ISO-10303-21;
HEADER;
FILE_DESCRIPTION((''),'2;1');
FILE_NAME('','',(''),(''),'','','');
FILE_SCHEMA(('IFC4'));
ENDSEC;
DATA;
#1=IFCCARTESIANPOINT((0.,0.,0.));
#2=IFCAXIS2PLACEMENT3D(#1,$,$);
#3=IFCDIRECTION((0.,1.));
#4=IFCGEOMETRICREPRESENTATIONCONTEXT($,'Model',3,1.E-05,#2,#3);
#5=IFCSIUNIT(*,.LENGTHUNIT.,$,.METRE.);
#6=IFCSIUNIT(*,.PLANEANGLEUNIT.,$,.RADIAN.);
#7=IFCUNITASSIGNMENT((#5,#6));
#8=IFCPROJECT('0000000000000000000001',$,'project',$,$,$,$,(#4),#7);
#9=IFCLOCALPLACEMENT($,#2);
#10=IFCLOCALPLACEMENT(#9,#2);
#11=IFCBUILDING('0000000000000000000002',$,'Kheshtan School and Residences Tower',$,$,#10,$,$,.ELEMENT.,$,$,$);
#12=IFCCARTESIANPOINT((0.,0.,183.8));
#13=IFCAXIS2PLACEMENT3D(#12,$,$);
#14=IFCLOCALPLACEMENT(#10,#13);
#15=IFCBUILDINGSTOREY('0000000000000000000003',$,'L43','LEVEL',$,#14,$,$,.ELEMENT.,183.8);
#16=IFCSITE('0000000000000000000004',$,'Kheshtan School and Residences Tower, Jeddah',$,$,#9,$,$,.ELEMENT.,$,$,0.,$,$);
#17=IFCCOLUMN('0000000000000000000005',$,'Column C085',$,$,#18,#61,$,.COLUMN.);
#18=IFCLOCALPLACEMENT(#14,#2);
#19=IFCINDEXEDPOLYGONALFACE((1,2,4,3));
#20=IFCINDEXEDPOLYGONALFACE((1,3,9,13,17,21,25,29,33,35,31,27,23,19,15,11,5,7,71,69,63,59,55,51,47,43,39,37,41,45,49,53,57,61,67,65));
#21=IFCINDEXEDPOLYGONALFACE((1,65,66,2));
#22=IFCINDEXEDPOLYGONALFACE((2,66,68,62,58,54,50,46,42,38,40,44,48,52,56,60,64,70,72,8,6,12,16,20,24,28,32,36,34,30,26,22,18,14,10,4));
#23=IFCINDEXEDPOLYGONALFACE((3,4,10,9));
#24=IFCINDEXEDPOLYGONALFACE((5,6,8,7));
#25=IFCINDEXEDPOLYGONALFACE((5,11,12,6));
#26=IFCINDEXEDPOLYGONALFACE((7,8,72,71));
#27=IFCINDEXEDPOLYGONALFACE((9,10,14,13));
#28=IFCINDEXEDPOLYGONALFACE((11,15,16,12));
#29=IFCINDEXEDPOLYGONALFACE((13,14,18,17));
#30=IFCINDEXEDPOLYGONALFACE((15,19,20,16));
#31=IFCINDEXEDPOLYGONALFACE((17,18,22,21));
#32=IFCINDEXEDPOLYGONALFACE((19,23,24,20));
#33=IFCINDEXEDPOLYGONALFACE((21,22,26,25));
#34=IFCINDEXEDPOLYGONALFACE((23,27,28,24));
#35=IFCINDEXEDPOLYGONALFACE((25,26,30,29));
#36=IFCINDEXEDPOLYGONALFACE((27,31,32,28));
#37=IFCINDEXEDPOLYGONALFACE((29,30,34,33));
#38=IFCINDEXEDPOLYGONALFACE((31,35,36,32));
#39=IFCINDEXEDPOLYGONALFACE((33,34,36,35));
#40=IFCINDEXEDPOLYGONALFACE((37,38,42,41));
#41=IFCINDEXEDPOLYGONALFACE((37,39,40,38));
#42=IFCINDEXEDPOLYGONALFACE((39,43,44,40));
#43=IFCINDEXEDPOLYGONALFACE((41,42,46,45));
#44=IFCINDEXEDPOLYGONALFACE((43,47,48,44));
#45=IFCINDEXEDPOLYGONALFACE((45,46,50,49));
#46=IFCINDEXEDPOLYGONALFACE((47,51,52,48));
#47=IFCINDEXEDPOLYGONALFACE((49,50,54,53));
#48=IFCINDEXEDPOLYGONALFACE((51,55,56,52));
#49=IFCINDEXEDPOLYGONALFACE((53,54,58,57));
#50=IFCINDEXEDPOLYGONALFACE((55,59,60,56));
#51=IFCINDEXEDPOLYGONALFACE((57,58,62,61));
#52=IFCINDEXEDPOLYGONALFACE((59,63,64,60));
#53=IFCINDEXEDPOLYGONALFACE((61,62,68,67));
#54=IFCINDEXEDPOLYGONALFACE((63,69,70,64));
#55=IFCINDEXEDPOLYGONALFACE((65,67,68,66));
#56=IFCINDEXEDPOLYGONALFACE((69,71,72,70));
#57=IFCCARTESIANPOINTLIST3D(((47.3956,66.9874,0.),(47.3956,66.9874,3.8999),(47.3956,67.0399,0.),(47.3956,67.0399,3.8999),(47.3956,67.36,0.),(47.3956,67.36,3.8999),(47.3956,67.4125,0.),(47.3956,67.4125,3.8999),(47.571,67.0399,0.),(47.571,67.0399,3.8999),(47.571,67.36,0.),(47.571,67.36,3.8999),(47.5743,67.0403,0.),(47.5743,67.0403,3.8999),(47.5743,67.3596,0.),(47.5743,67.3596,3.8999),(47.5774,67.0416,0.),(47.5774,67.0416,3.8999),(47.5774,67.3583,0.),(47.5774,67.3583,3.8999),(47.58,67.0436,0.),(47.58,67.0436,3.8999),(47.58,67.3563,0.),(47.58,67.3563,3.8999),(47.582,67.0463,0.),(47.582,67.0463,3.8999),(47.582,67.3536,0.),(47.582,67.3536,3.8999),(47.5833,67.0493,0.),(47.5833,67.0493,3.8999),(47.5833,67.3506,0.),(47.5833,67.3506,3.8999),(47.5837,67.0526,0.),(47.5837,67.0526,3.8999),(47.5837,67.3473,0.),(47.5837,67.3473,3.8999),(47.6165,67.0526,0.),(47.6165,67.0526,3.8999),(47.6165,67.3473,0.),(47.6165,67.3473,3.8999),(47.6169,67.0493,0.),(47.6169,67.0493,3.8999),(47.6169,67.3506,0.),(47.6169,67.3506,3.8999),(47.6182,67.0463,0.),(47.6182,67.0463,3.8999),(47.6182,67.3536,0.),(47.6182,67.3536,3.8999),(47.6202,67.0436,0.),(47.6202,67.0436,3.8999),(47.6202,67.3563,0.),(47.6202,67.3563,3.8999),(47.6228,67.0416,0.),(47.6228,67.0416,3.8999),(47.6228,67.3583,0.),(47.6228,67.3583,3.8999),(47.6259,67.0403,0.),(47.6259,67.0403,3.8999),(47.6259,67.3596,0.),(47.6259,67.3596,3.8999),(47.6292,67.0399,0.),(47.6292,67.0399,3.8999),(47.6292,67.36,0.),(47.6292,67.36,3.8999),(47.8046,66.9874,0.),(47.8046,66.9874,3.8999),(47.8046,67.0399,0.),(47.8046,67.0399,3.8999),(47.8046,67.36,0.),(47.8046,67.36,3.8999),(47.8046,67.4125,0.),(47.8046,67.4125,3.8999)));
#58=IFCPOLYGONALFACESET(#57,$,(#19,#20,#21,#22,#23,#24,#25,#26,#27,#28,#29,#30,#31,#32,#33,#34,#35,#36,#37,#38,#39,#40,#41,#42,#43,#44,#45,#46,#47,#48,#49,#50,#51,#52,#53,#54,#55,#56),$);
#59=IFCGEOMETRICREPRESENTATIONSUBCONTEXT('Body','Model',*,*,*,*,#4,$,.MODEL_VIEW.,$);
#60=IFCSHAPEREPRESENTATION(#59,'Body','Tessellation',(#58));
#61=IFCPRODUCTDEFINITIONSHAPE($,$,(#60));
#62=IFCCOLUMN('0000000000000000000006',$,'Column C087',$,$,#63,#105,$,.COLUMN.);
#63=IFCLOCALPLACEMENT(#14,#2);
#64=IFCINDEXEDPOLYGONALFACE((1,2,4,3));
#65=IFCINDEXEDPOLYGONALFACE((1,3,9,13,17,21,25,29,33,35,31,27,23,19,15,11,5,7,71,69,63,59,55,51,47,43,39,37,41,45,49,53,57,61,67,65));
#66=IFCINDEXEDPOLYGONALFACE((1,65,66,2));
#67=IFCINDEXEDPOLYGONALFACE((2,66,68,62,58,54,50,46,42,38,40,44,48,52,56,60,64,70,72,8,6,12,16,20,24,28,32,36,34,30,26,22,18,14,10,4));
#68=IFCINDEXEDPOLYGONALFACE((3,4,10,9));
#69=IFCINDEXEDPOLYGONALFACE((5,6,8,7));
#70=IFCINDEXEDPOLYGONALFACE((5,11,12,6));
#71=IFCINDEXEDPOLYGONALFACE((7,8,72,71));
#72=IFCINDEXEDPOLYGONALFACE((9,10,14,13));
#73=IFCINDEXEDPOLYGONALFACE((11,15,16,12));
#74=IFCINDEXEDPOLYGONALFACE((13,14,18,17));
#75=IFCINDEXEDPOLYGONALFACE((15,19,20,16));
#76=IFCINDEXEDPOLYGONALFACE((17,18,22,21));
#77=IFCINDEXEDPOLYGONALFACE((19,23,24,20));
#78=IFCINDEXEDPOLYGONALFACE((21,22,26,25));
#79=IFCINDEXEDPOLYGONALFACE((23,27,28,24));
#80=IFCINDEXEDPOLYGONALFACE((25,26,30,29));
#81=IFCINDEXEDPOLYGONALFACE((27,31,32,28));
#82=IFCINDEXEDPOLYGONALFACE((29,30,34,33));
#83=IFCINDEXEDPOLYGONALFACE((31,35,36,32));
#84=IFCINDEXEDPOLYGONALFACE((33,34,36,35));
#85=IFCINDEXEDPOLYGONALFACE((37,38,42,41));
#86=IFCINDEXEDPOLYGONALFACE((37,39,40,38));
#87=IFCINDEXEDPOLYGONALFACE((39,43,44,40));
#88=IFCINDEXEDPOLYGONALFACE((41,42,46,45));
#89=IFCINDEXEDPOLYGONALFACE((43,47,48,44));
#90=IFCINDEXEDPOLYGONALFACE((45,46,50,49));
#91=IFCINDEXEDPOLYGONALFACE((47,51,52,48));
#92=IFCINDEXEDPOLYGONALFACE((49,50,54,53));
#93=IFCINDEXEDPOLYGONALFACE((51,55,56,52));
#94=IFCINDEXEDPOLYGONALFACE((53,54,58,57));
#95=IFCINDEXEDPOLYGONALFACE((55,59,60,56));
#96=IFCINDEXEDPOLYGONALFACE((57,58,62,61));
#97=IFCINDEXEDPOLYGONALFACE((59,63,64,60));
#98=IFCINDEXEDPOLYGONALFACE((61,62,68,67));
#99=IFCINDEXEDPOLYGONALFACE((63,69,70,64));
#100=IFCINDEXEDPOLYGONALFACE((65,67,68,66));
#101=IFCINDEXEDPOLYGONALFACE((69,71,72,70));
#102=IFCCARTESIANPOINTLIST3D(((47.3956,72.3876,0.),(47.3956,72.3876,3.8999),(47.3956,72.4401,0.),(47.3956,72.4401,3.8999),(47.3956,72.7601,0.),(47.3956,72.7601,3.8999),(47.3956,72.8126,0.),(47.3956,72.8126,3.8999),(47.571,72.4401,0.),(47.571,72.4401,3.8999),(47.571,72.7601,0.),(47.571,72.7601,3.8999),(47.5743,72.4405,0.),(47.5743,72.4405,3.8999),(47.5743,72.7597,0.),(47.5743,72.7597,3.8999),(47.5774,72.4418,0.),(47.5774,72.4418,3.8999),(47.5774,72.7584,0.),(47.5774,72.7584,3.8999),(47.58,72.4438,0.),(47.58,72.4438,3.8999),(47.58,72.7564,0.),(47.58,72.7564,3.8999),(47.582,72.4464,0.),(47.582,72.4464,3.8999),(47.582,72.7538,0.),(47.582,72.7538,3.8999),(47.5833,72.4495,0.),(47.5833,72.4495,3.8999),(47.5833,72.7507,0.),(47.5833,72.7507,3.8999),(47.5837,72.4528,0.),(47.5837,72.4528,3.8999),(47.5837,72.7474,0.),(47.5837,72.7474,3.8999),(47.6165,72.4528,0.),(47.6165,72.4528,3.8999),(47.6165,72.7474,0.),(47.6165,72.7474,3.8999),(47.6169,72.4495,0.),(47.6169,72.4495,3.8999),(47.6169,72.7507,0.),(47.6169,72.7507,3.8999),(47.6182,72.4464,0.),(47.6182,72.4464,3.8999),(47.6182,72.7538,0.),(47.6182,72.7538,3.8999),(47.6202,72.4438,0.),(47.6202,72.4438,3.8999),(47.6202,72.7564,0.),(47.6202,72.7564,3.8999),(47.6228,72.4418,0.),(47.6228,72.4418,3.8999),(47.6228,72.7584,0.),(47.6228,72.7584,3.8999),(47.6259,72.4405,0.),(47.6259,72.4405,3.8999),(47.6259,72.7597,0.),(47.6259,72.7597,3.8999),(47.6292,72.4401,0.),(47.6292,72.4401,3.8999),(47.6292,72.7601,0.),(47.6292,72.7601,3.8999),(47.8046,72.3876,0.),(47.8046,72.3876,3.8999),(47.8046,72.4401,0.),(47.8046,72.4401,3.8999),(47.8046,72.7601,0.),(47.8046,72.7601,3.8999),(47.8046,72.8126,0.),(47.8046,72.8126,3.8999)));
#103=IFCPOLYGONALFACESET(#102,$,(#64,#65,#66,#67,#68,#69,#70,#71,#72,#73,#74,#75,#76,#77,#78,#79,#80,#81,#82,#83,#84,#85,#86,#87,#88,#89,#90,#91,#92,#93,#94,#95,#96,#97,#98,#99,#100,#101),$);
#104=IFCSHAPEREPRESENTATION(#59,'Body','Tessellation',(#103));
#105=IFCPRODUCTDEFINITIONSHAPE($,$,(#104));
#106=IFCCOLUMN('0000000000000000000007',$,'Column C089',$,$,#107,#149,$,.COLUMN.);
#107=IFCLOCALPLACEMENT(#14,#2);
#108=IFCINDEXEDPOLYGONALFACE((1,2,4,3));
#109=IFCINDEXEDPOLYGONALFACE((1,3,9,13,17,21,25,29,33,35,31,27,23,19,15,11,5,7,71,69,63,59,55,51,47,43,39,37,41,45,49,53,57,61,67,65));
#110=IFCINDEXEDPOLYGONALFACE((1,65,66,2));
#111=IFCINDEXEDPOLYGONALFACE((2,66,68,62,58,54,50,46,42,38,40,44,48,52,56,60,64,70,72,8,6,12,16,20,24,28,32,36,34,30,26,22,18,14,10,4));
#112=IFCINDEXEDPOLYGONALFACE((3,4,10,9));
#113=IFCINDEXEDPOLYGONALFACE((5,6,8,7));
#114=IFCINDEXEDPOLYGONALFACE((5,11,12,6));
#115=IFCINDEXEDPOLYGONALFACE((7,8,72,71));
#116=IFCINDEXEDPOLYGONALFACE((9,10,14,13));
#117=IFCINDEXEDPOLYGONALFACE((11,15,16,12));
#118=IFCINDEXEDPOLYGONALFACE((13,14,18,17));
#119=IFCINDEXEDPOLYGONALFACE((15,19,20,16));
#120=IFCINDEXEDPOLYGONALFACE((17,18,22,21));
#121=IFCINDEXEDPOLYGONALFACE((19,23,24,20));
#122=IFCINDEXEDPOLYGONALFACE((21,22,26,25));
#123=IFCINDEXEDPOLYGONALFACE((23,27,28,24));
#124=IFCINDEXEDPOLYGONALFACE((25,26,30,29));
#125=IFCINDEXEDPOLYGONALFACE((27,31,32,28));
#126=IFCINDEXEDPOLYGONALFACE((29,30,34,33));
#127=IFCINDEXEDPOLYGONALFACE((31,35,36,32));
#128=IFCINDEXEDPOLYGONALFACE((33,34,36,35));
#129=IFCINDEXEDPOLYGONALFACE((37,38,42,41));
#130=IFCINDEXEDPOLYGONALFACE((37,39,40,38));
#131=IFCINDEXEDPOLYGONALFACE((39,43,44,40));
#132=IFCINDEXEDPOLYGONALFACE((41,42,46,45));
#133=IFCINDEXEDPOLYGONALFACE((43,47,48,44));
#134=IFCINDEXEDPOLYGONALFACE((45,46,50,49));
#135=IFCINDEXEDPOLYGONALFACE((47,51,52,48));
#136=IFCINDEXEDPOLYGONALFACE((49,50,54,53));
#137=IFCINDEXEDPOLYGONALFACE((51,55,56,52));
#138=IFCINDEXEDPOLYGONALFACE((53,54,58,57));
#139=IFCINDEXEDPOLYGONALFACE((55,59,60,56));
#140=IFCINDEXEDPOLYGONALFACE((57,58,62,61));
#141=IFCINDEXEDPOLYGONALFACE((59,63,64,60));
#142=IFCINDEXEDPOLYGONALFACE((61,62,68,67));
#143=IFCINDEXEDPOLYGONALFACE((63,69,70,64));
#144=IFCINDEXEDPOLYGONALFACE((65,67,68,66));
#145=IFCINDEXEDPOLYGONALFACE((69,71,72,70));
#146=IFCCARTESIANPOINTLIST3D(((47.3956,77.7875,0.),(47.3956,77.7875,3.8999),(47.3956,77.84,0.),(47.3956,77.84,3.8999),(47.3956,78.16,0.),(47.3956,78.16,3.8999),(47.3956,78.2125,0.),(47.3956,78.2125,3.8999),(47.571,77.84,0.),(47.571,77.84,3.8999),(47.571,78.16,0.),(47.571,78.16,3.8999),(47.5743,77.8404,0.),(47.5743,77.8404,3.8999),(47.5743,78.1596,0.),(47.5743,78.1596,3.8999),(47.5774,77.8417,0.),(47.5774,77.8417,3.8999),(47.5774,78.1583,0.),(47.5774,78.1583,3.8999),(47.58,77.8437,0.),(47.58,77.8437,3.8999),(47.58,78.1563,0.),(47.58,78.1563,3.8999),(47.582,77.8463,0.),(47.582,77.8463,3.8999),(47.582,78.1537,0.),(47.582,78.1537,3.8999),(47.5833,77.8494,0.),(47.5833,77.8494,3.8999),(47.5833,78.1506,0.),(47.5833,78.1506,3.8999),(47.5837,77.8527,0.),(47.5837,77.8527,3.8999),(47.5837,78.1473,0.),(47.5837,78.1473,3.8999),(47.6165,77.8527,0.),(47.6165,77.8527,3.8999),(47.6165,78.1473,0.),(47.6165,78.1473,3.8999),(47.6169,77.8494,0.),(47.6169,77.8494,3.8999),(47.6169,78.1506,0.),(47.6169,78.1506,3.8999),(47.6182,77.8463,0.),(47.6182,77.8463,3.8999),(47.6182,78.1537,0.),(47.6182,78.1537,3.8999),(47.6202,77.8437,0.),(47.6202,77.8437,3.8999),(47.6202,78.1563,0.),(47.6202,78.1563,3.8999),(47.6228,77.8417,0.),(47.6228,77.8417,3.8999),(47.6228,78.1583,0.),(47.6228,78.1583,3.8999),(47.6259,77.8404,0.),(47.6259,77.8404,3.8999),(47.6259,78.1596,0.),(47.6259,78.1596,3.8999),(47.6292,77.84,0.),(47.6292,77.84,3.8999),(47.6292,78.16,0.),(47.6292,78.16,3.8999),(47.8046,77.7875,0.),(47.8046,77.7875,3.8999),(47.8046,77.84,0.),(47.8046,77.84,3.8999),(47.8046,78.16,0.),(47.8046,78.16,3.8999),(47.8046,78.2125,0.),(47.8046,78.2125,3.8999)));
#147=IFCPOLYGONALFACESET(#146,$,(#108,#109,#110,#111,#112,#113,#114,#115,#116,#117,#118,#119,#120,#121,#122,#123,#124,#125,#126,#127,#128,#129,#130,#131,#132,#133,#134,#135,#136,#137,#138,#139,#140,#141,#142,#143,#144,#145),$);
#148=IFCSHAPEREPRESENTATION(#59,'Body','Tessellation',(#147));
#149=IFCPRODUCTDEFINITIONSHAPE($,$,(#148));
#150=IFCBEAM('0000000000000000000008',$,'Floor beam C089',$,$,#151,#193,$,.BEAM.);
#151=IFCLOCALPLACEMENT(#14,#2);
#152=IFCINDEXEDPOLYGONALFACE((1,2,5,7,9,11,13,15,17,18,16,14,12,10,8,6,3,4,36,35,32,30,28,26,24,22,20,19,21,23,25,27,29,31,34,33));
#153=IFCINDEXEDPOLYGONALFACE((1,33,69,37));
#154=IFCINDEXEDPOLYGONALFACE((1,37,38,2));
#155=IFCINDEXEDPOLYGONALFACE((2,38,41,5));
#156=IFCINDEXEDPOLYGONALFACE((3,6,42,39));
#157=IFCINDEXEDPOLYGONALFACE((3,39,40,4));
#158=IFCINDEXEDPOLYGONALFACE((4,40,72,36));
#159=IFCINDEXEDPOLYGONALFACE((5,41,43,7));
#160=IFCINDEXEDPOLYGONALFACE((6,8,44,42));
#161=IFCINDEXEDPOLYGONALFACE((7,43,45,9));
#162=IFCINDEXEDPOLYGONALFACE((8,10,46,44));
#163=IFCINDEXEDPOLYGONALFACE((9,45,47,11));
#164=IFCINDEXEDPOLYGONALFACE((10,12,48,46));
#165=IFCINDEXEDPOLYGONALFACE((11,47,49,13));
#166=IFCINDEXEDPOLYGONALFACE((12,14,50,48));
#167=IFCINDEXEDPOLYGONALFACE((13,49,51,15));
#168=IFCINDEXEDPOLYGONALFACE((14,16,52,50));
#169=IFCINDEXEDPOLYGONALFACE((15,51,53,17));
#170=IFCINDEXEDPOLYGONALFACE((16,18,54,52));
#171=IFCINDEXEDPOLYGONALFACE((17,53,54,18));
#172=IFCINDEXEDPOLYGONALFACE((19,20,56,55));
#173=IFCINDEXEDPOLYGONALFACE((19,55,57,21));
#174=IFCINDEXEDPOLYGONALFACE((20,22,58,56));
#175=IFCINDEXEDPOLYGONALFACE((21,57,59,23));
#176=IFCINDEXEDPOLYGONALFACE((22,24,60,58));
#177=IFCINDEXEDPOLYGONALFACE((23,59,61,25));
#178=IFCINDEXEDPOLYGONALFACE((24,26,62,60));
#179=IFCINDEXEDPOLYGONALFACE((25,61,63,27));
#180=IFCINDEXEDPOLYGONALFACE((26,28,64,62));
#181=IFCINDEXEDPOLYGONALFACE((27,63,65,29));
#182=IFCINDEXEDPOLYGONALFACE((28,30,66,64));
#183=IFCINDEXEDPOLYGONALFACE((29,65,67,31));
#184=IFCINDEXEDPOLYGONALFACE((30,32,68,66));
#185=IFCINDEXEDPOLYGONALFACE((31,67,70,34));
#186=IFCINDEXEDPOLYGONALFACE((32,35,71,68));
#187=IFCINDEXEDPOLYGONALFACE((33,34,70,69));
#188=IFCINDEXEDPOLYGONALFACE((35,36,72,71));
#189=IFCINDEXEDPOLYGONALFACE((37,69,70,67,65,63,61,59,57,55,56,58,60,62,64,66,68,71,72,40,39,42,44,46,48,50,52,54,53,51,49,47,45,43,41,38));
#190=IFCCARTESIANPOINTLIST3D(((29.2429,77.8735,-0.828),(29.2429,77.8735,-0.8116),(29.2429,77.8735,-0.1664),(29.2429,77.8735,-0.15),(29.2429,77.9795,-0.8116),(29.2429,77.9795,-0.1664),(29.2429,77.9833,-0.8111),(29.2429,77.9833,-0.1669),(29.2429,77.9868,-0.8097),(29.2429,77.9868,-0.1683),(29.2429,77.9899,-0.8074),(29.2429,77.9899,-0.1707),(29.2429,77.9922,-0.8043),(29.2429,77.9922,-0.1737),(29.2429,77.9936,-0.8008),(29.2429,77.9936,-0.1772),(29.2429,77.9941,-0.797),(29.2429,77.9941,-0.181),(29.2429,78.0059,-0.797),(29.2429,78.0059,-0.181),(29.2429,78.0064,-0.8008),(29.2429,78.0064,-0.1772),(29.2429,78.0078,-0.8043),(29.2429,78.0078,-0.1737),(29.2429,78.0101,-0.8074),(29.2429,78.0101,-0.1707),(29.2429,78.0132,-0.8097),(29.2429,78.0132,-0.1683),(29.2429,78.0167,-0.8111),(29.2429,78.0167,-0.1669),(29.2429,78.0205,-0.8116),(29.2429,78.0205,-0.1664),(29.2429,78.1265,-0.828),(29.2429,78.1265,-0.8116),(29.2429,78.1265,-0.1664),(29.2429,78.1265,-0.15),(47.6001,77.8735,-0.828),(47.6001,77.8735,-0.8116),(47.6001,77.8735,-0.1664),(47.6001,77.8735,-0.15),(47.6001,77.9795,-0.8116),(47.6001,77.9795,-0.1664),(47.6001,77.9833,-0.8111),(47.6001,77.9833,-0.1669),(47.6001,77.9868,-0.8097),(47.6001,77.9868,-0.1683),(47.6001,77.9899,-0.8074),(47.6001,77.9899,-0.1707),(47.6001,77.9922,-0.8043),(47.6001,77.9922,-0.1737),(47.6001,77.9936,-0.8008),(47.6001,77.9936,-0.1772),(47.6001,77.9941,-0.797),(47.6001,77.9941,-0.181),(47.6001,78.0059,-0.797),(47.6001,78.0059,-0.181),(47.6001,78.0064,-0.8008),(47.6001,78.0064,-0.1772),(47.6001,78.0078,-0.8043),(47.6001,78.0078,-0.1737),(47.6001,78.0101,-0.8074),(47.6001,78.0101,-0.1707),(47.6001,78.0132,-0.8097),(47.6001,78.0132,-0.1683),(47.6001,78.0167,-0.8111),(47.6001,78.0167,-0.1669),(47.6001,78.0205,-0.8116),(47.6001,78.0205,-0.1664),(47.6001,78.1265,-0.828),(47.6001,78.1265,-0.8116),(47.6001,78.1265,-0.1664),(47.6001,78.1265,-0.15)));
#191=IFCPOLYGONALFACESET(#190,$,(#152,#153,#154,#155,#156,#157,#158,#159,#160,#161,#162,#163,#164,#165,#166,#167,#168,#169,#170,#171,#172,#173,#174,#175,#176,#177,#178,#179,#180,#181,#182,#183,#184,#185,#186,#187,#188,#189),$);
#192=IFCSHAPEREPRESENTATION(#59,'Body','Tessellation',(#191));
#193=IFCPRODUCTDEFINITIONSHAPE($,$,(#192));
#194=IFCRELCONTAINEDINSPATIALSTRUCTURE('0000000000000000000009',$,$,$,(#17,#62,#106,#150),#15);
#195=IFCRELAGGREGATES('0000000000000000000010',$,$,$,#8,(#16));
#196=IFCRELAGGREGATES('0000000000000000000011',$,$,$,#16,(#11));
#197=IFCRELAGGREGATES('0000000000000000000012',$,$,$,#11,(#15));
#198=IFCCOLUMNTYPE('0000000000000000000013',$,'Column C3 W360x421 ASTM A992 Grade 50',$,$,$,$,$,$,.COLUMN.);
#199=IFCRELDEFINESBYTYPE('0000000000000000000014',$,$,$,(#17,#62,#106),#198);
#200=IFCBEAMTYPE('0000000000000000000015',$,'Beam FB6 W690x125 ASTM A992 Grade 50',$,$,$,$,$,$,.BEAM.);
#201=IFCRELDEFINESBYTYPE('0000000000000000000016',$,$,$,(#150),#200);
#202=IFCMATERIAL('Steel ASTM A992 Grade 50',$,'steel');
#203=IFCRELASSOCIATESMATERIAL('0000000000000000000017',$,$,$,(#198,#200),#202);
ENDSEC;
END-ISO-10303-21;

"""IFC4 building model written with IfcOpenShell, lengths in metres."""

from ifc_helpers import new_model, si_unit, direction, frame, origin, origin_2d, place, context, subcontext, project, spatial, i_section, extrude, material, material_profile, profile_set, type_object, element, save


model = new_model("IFC4")

# Units and contexts
model_context = context("Model", 3, precision=1e-05, world=origin(), true_north=direction((0.0, 1.0)))
body_context = subcontext(model_context, "Body", "Model", "MODEL_VIEW")
ifc_project = project(units=[si_unit("LENGTHUNIT", "METRE"), si_unit("PLANEANGLEUNIT", "RADIAN")], contexts=[model_context])

# Site, building, storey
site_placement = place(None, origin())
site = spatial("IfcSite", under=ifc_project, at=site_placement, Name="Kheshtan School and Residences Tower, Jeddah", CompositionType="ELEMENT", RefElevation=0.0)
building_placement = place(site_placement, origin())
building = spatial("IfcBuilding", under=site, at=building_placement, Name="Kheshtan School and Residences Tower", CompositionType="ELEMENT")
storey_placement = place(building_placement, frame((0.0, 0.0, 183.8)))
storey = spatial("IfcBuildingStorey", under=building, at=storey_placement, Name="L43", Description="LEVEL", CompositionType="ELEMENT", Elevation=183.8)

# Columns
ifc_material_1 = material(Name="Steel ASTM A992 Grade 50", Category="steel")
ifc_material_profile_1 = material_profile(ifc_material_1, i_section(OverallWidth=0.4089, OverallDepth=0.425, WebThickness=0.0327, FlangeThickness=0.0525, FilletRadius=0.0127, at=origin_2d()), Name="W360x421")
ifc_profile_set_1 = profile_set([ifc_material_profile_1], Name="Steel ASTM A992 Grade 50")
column_type = type_object("IfcColumnType", Name="Column C3 W360x421 ASTM A992 Grade 50", PredefinedType="COLUMN", material=ifc_profile_set_1)
for number, where, z_axis, x_axis, name in (
    (1, (47.6001, 67.2, 0.0), (0.0, 0.0, 1.0), (1.0, 0.0, 0.0), "Column C085"),
    (2, (47.6001, 72.6001, 0.0), (0.0, 0.0, 1.0), (1.0, 0.0, 0.0), "Column C087"),
    (3, (47.6001, 78.0, 0.0), (0.0, 0.0, 1.0), (1.0, 0.0, 0.0), "Column C089"),
):
    element("IfcColumn", number, at=place(storey_placement, frame(where, z_axis=z_axis, x_axis=x_axis)), inside=storey, type_object=column_type, Name=name, PredefinedType="COLUMN", context=body_context, shape_type="SweptSolid", body=[
        extrude(i_section(OverallWidth=0.4089, OverallDepth=0.425, WebThickness=0.0327, FlangeThickness=0.0525, FilletRadius=0.0127, at=origin_2d()), origin(), (0.0, 0.0, 1.0), 3.8999),
    ])

# Beam
ifc_material_profile_2 = material_profile(ifc_material_1, i_section(OverallWidth=0.2529, OverallDepth=0.678, WebThickness=0.0117, FlangeThickness=0.0164, FilletRadius=0.0146, at=origin_2d()), Name="W690x125")
ifc_profile_set_2 = profile_set([ifc_material_profile_2], Name="Steel ASTM A992 Grade 50")
beam_type_1 = type_object("IfcBeamType", Name="Beam FB6 W690x125 ASTM A992 Grade 50", PredefinedType="BEAM", material=ifc_profile_set_2)
beam_1_placement = place(storey_placement, frame((47.6001, 78.0, -0.489), z_axis=(-1.0, 0.0, 0.0), x_axis=(0.0, -1.0, 0.0)))
element("IfcBeam", 4, at=beam_1_placement, inside=storey, type_object=beam_type_1, Name="Floor beam C089", PredefinedType="BEAM", context=body_context, shape_type="SweptSolid", body=[
    extrude(i_section(OverallWidth=0.2529, OverallDepth=0.678, WebThickness=0.0117, FlangeThickness=0.0164, FilletRadius=0.0146, at=origin_2d()), origin(), (0.0, 0.0, 1.0), 18.3572),
])

save(model, "model.ifc")
